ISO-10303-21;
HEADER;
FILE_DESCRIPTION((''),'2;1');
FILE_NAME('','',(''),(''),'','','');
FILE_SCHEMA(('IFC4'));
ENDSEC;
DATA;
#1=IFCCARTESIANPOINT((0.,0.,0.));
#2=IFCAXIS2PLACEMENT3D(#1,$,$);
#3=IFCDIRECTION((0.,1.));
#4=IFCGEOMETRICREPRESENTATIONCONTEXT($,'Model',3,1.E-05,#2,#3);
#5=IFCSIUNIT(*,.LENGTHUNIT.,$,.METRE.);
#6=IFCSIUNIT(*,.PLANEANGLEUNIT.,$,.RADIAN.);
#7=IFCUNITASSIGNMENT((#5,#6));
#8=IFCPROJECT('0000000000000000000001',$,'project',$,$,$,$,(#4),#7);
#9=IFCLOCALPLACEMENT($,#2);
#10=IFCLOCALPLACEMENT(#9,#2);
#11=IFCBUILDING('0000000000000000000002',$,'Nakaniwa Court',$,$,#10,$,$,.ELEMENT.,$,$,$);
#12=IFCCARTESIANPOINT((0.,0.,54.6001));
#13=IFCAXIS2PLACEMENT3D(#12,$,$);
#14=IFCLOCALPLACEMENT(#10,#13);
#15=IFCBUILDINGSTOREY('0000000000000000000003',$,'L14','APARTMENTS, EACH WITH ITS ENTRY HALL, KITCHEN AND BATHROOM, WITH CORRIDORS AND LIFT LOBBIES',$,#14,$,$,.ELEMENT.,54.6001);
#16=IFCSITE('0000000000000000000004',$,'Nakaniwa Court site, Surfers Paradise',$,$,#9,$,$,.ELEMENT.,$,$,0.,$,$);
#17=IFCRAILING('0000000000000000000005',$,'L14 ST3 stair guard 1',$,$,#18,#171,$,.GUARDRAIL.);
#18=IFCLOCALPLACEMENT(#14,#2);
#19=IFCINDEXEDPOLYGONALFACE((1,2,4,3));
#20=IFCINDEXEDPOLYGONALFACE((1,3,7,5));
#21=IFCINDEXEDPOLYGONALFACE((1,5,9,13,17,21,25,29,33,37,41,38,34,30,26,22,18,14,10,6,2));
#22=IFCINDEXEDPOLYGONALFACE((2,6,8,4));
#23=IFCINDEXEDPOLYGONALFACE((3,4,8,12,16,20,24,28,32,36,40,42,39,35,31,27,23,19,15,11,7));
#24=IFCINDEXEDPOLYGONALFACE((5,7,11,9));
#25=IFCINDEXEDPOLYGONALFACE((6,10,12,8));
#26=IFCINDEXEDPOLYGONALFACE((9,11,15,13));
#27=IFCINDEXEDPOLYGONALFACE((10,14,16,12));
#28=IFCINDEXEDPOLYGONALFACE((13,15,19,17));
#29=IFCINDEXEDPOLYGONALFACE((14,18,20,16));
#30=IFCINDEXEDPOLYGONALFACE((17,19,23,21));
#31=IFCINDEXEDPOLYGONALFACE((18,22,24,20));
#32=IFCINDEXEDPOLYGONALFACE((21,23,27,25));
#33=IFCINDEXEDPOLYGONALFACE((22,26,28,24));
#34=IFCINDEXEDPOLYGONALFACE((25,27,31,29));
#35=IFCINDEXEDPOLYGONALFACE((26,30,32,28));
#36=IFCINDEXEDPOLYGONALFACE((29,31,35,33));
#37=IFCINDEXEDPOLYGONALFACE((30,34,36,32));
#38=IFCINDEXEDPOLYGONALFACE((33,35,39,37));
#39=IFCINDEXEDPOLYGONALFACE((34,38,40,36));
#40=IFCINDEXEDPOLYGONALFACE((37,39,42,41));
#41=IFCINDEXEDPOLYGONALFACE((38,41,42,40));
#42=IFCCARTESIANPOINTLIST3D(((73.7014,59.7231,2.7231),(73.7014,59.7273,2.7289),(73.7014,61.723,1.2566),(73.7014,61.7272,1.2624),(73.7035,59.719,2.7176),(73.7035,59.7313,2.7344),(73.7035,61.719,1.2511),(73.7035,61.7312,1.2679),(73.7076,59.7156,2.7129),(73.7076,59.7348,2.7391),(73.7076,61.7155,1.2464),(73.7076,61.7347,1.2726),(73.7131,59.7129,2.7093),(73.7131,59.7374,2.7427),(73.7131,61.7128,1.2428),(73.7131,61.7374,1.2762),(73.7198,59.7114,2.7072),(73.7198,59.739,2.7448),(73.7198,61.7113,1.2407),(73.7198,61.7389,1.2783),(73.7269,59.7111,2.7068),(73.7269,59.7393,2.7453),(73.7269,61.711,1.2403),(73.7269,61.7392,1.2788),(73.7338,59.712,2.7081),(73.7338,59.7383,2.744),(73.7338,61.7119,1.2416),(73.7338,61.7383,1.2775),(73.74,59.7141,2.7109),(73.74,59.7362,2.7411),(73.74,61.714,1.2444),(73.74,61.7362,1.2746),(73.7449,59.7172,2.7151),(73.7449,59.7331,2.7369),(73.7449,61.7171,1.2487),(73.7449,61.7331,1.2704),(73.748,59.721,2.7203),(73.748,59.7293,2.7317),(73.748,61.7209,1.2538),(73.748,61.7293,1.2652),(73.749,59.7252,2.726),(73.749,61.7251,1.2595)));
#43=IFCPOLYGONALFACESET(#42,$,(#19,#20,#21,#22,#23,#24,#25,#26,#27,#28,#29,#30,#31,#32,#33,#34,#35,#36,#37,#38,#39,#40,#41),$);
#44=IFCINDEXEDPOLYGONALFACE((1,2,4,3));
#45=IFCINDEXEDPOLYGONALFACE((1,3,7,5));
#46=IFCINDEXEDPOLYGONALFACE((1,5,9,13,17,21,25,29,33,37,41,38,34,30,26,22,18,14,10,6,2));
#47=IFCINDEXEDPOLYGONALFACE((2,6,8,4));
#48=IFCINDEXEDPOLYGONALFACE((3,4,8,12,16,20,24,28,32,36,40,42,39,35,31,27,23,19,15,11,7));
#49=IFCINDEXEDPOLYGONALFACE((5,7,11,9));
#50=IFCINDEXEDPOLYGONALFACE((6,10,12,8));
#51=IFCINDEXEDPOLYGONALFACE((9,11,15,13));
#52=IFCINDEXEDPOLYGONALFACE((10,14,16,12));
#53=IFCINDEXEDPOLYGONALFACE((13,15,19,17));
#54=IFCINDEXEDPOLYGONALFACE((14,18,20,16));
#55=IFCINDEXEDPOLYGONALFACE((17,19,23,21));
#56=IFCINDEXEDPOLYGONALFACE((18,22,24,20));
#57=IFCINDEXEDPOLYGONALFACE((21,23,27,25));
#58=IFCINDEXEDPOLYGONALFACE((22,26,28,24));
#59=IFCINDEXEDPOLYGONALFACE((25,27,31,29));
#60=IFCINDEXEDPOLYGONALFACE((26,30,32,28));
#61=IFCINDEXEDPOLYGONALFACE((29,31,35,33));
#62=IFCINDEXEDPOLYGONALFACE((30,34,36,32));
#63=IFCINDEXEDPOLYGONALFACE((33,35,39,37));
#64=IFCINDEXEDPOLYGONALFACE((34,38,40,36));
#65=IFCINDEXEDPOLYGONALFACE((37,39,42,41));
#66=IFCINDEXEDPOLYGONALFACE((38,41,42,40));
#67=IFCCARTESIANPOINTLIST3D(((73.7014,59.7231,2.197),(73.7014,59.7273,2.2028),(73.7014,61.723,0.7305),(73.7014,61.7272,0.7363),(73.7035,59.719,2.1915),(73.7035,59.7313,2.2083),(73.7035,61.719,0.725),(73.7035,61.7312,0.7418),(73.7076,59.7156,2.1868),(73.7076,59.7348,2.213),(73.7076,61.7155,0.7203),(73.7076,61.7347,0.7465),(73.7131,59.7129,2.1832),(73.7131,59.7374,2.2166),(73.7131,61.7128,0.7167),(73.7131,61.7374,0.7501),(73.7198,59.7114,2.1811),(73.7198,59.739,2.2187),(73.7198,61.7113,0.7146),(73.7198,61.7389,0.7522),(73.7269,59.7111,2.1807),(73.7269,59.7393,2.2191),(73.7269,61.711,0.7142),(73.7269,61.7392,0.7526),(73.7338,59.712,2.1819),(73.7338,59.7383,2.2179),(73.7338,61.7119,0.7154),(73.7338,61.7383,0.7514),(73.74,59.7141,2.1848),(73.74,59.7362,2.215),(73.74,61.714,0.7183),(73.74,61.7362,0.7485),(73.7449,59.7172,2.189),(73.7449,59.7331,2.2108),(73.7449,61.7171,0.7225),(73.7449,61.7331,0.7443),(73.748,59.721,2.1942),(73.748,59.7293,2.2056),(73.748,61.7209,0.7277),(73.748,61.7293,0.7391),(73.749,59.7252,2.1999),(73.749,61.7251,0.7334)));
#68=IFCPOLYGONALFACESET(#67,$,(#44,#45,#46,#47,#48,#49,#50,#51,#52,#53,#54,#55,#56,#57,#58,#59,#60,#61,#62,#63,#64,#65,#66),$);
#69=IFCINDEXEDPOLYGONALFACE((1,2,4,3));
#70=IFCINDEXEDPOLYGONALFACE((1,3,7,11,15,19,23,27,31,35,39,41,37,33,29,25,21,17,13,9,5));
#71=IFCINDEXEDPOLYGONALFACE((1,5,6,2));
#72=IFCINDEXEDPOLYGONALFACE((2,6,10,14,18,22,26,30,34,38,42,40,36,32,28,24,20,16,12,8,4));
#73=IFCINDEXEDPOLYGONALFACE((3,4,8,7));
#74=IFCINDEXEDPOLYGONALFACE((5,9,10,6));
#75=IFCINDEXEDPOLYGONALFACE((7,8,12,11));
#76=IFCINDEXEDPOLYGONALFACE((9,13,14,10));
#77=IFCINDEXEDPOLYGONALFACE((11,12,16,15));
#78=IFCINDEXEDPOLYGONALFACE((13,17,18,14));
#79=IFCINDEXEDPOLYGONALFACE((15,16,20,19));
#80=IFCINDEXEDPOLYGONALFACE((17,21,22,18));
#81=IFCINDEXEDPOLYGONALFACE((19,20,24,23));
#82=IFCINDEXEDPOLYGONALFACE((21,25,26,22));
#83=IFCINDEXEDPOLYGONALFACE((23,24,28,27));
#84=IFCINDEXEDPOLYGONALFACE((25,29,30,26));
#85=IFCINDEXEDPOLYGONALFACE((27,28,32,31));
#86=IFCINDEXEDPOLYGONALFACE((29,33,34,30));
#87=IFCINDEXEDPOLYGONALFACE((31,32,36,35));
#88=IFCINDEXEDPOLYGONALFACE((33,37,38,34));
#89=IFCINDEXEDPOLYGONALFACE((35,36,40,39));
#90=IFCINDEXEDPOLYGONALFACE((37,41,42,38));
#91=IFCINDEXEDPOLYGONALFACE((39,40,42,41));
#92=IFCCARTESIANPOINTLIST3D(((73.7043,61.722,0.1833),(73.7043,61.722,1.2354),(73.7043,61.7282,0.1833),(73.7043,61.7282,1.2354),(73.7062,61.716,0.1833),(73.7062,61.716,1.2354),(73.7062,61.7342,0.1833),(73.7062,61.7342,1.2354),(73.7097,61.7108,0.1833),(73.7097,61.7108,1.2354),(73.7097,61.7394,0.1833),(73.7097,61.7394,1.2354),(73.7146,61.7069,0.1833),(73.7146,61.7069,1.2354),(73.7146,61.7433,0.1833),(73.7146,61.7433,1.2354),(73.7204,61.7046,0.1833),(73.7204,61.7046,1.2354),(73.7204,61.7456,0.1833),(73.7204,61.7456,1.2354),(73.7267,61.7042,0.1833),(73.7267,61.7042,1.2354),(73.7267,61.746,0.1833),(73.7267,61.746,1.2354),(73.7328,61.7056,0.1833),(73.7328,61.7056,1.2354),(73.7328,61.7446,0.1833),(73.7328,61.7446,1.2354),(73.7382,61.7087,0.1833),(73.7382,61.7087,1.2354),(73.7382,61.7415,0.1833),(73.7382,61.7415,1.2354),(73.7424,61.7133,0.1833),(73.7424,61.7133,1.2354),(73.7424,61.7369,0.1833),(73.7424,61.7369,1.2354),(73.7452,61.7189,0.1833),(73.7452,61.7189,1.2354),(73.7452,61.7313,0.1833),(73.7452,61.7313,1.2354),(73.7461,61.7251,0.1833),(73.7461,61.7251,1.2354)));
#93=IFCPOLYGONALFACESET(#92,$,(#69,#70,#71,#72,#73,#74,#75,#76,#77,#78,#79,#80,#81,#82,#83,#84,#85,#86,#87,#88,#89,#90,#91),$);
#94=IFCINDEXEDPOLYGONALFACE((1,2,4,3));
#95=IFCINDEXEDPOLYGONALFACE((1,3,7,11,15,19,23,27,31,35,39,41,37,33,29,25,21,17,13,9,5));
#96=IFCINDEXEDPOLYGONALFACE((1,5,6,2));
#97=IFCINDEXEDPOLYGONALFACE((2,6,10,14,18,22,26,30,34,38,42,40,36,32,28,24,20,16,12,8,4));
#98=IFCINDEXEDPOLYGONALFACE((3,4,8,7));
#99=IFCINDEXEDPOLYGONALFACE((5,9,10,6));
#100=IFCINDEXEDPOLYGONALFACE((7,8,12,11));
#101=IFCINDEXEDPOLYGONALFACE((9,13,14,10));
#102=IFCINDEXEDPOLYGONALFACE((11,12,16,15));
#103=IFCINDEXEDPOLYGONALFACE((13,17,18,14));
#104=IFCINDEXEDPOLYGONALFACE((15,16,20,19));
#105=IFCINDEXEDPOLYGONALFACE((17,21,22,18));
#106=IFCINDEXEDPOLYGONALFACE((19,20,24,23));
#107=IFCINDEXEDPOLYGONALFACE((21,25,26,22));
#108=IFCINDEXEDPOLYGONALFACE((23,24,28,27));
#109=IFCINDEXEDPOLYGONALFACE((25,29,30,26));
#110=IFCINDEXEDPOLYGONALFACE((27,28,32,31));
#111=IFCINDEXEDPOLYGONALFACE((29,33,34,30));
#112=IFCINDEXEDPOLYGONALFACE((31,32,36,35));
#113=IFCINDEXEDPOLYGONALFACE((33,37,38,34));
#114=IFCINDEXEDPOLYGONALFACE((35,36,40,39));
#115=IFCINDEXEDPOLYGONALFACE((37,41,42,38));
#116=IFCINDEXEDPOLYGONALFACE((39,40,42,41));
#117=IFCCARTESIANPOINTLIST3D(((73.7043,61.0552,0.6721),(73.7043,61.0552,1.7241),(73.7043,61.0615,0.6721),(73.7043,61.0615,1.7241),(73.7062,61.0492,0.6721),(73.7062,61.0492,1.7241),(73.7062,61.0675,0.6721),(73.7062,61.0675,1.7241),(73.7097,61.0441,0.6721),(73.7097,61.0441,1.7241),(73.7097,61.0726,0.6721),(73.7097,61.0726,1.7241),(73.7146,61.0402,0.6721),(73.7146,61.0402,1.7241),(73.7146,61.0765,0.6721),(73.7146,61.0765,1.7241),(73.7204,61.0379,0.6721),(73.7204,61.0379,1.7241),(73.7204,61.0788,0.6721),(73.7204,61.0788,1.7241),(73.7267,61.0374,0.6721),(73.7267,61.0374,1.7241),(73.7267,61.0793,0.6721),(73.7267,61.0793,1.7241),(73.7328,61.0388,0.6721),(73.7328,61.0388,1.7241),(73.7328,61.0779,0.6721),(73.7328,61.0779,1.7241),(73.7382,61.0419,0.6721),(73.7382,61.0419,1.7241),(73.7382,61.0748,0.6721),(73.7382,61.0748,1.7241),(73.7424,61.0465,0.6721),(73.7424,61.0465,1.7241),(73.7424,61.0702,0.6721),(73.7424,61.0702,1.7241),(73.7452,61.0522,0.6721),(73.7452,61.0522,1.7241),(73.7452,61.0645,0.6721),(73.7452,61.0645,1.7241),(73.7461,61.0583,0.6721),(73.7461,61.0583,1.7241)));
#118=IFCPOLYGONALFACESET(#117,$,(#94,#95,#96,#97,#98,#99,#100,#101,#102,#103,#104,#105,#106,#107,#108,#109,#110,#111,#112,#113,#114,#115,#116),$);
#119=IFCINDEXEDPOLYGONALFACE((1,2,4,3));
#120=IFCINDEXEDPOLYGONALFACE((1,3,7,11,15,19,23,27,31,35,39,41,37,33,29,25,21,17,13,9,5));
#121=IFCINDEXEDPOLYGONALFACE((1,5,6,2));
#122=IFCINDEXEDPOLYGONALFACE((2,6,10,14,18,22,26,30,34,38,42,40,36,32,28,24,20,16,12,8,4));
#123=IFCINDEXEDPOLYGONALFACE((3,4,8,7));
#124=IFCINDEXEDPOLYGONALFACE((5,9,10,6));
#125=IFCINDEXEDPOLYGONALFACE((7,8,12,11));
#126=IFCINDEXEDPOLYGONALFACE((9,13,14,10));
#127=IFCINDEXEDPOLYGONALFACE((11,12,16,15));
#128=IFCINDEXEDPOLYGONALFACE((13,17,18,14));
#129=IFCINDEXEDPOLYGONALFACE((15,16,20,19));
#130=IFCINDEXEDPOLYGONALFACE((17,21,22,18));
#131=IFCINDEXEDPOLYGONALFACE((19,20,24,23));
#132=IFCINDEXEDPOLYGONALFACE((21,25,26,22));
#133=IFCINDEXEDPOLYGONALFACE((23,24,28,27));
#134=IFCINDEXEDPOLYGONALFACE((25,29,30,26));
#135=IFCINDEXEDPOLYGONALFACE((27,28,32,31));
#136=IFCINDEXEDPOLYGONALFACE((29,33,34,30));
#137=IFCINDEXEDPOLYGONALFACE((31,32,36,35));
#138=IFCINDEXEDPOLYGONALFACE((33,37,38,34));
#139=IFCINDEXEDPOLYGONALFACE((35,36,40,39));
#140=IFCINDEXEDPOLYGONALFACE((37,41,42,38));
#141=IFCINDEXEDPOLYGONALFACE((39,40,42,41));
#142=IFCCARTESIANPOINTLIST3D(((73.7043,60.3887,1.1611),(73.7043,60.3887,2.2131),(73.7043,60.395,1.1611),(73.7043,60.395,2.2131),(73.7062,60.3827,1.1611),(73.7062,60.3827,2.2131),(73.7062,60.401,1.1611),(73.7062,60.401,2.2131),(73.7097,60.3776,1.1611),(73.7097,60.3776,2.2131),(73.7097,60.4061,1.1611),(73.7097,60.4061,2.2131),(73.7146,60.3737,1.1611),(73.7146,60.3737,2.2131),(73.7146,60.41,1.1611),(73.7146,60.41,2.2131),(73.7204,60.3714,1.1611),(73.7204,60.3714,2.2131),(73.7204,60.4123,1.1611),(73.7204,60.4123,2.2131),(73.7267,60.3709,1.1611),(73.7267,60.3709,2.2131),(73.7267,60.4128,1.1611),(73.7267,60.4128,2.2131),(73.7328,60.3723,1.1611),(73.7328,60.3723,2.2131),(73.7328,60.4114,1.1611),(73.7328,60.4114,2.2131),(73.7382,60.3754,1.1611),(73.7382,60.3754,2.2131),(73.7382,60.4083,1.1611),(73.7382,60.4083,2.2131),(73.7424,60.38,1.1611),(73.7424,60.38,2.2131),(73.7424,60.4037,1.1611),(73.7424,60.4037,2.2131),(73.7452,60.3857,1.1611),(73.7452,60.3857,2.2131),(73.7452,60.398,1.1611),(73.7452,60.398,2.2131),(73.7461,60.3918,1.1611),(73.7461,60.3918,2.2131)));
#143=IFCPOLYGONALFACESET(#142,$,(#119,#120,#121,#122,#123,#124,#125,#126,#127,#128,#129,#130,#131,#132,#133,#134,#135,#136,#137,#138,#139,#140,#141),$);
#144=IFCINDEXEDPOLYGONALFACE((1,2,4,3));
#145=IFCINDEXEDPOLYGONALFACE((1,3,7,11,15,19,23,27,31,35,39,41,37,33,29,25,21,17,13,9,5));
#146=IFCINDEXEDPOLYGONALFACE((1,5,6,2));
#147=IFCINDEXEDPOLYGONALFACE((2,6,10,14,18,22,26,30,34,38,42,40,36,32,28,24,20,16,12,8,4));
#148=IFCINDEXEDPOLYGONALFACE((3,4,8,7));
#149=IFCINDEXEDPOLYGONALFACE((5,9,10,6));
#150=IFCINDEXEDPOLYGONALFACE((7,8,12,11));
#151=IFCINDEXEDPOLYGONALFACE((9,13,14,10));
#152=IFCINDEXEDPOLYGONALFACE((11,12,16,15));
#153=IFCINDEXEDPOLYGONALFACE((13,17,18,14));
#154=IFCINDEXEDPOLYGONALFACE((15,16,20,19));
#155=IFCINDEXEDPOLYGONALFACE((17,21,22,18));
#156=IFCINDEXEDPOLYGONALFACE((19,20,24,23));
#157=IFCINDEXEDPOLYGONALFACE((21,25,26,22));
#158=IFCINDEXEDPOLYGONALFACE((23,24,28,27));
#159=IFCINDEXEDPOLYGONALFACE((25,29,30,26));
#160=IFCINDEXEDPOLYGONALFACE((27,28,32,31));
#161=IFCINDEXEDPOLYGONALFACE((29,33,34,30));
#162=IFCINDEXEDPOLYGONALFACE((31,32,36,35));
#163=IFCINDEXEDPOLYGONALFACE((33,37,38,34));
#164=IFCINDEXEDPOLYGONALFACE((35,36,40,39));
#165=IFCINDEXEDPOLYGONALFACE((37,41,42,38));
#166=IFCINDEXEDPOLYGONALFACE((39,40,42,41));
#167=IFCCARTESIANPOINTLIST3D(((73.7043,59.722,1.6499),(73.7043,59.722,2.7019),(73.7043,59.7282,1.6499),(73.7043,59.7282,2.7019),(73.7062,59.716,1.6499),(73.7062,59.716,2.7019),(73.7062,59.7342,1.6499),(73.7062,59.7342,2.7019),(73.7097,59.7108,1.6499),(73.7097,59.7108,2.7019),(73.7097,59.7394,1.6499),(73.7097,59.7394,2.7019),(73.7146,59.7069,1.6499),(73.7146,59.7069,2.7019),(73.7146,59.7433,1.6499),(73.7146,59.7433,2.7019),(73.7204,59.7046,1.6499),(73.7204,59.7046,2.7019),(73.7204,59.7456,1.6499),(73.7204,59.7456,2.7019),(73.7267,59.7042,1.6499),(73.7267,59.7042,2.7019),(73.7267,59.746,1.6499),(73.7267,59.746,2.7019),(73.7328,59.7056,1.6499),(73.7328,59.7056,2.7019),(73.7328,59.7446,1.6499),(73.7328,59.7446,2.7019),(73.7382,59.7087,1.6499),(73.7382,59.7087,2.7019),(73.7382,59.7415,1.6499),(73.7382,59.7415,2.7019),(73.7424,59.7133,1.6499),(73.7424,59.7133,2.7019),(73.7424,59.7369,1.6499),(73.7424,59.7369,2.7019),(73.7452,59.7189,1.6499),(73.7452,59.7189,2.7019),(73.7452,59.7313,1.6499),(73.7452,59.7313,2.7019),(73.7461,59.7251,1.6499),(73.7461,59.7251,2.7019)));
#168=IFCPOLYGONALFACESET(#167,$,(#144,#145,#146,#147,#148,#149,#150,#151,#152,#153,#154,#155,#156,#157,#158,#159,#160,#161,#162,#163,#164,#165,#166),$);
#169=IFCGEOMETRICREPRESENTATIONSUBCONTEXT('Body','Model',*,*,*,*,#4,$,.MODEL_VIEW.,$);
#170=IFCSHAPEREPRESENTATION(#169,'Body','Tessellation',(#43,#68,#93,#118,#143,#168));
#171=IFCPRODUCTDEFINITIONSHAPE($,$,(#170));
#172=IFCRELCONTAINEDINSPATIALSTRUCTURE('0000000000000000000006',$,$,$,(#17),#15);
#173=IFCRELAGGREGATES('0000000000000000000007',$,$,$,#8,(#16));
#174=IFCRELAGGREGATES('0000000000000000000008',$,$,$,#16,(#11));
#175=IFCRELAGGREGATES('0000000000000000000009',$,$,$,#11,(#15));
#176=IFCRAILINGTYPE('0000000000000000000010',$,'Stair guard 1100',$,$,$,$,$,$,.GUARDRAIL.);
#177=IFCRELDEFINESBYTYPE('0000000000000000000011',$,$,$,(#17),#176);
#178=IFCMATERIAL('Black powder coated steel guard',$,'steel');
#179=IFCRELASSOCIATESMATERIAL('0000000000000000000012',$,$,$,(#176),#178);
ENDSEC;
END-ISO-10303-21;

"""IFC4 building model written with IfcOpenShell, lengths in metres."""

from ifc_helpers import new_model, si_unit, direction, frame, origin, origin_2d, place, context, subcontext, project, spatial, circle, extrude, material, type_object, element, save


model = new_model("IFC4")

# Units and contexts
model_context = context("Model", 3, precision=1e-05, world=origin(), true_north=direction((0.0, 1.0)))
body_context = subcontext(model_context, "Body", "Model", "MODEL_VIEW")
ifc_project = project(units=[si_unit("LENGTHUNIT", "METRE"), si_unit("PLANEANGLEUNIT", "RADIAN")], contexts=[model_context])

# Site, building, storey
site_placement = place(None, origin())
site = spatial("IfcSite", under=ifc_project, at=site_placement, Name="Nakaniwa Court site, Surfers Paradise", CompositionType="ELEMENT", RefElevation=0.0)
building_placement = place(site_placement, origin())
building = spatial("IfcBuilding", under=site, at=building_placement, Name="Nakaniwa Court", CompositionType="ELEMENT")
storey_placement = place(building_placement, frame((0.0, 0.0, 54.6001)))
storey = spatial("IfcBuildingStorey", under=building, at=storey_placement, Name="L14", Description="APARTMENTS, EACH WITH ITS ENTRY HALL, KITCHEN AND BATHROOM, WITH CORRIDORS AND LIFT LOBBIES", CompositionType="ELEMENT", Elevation=54.6001)

# Railing
ifc_material_1 = material(Name="Black powder coated steel guard", Category="steel")
railing_type_1 = type_object("IfcRailingType", Name="Stair guard 1100", PredefinedType="GUARDRAIL", material=ifc_material_1)
railing_1_placement = place(storey_placement, frame((73.7251, 61.7251, 0.1833)))
element("IfcRailing", 1, at=railing_1_placement, inside=storey, type_object=railing_type_1, Name="L14 ST3 stair guard 1", PredefinedType="GUARDRAIL", context=body_context, shape_type="SweptSolid", body=[
    extrude(circle(Radius=0.0239, at=origin_2d()), frame((0.0, 0.0, 1.0762), z_axis=(0.0, -0.806427, 0.591334), x_axis=(1.0, 0.0, 0.0)), (0.0, 0.0, 1.0), 2.48),
    extrude(circle(Radius=0.0239, at=origin_2d()), frame((0.0, 0.0, 0.55), z_axis=(0.0, -0.806427, 0.591334), x_axis=(1.0, 0.0, 0.0)), (0.0, 0.0, 1.0), 2.48),
    extrude(circle(Radius=0.021, at=origin_2d()), origin(), (0.0, 0.0, 1.0), 1.052),
    extrude(circle(Radius=0.021, at=origin_2d()), frame((0.0, -0.6667, 0.4888)), (0.0, 0.0, 1.0), 1.052),
    extrude(circle(Radius=0.021, at=origin_2d()), frame((0.0, -1.3333, 0.9778)), (0.0, 0.0, 1.0), 1.052),
    extrude(circle(Radius=0.021, at=origin_2d()), frame((0.0, -2.0, 1.4666)), (0.0, 0.0, 1.0), 1.052),
])

save(model, "model.ifc")
